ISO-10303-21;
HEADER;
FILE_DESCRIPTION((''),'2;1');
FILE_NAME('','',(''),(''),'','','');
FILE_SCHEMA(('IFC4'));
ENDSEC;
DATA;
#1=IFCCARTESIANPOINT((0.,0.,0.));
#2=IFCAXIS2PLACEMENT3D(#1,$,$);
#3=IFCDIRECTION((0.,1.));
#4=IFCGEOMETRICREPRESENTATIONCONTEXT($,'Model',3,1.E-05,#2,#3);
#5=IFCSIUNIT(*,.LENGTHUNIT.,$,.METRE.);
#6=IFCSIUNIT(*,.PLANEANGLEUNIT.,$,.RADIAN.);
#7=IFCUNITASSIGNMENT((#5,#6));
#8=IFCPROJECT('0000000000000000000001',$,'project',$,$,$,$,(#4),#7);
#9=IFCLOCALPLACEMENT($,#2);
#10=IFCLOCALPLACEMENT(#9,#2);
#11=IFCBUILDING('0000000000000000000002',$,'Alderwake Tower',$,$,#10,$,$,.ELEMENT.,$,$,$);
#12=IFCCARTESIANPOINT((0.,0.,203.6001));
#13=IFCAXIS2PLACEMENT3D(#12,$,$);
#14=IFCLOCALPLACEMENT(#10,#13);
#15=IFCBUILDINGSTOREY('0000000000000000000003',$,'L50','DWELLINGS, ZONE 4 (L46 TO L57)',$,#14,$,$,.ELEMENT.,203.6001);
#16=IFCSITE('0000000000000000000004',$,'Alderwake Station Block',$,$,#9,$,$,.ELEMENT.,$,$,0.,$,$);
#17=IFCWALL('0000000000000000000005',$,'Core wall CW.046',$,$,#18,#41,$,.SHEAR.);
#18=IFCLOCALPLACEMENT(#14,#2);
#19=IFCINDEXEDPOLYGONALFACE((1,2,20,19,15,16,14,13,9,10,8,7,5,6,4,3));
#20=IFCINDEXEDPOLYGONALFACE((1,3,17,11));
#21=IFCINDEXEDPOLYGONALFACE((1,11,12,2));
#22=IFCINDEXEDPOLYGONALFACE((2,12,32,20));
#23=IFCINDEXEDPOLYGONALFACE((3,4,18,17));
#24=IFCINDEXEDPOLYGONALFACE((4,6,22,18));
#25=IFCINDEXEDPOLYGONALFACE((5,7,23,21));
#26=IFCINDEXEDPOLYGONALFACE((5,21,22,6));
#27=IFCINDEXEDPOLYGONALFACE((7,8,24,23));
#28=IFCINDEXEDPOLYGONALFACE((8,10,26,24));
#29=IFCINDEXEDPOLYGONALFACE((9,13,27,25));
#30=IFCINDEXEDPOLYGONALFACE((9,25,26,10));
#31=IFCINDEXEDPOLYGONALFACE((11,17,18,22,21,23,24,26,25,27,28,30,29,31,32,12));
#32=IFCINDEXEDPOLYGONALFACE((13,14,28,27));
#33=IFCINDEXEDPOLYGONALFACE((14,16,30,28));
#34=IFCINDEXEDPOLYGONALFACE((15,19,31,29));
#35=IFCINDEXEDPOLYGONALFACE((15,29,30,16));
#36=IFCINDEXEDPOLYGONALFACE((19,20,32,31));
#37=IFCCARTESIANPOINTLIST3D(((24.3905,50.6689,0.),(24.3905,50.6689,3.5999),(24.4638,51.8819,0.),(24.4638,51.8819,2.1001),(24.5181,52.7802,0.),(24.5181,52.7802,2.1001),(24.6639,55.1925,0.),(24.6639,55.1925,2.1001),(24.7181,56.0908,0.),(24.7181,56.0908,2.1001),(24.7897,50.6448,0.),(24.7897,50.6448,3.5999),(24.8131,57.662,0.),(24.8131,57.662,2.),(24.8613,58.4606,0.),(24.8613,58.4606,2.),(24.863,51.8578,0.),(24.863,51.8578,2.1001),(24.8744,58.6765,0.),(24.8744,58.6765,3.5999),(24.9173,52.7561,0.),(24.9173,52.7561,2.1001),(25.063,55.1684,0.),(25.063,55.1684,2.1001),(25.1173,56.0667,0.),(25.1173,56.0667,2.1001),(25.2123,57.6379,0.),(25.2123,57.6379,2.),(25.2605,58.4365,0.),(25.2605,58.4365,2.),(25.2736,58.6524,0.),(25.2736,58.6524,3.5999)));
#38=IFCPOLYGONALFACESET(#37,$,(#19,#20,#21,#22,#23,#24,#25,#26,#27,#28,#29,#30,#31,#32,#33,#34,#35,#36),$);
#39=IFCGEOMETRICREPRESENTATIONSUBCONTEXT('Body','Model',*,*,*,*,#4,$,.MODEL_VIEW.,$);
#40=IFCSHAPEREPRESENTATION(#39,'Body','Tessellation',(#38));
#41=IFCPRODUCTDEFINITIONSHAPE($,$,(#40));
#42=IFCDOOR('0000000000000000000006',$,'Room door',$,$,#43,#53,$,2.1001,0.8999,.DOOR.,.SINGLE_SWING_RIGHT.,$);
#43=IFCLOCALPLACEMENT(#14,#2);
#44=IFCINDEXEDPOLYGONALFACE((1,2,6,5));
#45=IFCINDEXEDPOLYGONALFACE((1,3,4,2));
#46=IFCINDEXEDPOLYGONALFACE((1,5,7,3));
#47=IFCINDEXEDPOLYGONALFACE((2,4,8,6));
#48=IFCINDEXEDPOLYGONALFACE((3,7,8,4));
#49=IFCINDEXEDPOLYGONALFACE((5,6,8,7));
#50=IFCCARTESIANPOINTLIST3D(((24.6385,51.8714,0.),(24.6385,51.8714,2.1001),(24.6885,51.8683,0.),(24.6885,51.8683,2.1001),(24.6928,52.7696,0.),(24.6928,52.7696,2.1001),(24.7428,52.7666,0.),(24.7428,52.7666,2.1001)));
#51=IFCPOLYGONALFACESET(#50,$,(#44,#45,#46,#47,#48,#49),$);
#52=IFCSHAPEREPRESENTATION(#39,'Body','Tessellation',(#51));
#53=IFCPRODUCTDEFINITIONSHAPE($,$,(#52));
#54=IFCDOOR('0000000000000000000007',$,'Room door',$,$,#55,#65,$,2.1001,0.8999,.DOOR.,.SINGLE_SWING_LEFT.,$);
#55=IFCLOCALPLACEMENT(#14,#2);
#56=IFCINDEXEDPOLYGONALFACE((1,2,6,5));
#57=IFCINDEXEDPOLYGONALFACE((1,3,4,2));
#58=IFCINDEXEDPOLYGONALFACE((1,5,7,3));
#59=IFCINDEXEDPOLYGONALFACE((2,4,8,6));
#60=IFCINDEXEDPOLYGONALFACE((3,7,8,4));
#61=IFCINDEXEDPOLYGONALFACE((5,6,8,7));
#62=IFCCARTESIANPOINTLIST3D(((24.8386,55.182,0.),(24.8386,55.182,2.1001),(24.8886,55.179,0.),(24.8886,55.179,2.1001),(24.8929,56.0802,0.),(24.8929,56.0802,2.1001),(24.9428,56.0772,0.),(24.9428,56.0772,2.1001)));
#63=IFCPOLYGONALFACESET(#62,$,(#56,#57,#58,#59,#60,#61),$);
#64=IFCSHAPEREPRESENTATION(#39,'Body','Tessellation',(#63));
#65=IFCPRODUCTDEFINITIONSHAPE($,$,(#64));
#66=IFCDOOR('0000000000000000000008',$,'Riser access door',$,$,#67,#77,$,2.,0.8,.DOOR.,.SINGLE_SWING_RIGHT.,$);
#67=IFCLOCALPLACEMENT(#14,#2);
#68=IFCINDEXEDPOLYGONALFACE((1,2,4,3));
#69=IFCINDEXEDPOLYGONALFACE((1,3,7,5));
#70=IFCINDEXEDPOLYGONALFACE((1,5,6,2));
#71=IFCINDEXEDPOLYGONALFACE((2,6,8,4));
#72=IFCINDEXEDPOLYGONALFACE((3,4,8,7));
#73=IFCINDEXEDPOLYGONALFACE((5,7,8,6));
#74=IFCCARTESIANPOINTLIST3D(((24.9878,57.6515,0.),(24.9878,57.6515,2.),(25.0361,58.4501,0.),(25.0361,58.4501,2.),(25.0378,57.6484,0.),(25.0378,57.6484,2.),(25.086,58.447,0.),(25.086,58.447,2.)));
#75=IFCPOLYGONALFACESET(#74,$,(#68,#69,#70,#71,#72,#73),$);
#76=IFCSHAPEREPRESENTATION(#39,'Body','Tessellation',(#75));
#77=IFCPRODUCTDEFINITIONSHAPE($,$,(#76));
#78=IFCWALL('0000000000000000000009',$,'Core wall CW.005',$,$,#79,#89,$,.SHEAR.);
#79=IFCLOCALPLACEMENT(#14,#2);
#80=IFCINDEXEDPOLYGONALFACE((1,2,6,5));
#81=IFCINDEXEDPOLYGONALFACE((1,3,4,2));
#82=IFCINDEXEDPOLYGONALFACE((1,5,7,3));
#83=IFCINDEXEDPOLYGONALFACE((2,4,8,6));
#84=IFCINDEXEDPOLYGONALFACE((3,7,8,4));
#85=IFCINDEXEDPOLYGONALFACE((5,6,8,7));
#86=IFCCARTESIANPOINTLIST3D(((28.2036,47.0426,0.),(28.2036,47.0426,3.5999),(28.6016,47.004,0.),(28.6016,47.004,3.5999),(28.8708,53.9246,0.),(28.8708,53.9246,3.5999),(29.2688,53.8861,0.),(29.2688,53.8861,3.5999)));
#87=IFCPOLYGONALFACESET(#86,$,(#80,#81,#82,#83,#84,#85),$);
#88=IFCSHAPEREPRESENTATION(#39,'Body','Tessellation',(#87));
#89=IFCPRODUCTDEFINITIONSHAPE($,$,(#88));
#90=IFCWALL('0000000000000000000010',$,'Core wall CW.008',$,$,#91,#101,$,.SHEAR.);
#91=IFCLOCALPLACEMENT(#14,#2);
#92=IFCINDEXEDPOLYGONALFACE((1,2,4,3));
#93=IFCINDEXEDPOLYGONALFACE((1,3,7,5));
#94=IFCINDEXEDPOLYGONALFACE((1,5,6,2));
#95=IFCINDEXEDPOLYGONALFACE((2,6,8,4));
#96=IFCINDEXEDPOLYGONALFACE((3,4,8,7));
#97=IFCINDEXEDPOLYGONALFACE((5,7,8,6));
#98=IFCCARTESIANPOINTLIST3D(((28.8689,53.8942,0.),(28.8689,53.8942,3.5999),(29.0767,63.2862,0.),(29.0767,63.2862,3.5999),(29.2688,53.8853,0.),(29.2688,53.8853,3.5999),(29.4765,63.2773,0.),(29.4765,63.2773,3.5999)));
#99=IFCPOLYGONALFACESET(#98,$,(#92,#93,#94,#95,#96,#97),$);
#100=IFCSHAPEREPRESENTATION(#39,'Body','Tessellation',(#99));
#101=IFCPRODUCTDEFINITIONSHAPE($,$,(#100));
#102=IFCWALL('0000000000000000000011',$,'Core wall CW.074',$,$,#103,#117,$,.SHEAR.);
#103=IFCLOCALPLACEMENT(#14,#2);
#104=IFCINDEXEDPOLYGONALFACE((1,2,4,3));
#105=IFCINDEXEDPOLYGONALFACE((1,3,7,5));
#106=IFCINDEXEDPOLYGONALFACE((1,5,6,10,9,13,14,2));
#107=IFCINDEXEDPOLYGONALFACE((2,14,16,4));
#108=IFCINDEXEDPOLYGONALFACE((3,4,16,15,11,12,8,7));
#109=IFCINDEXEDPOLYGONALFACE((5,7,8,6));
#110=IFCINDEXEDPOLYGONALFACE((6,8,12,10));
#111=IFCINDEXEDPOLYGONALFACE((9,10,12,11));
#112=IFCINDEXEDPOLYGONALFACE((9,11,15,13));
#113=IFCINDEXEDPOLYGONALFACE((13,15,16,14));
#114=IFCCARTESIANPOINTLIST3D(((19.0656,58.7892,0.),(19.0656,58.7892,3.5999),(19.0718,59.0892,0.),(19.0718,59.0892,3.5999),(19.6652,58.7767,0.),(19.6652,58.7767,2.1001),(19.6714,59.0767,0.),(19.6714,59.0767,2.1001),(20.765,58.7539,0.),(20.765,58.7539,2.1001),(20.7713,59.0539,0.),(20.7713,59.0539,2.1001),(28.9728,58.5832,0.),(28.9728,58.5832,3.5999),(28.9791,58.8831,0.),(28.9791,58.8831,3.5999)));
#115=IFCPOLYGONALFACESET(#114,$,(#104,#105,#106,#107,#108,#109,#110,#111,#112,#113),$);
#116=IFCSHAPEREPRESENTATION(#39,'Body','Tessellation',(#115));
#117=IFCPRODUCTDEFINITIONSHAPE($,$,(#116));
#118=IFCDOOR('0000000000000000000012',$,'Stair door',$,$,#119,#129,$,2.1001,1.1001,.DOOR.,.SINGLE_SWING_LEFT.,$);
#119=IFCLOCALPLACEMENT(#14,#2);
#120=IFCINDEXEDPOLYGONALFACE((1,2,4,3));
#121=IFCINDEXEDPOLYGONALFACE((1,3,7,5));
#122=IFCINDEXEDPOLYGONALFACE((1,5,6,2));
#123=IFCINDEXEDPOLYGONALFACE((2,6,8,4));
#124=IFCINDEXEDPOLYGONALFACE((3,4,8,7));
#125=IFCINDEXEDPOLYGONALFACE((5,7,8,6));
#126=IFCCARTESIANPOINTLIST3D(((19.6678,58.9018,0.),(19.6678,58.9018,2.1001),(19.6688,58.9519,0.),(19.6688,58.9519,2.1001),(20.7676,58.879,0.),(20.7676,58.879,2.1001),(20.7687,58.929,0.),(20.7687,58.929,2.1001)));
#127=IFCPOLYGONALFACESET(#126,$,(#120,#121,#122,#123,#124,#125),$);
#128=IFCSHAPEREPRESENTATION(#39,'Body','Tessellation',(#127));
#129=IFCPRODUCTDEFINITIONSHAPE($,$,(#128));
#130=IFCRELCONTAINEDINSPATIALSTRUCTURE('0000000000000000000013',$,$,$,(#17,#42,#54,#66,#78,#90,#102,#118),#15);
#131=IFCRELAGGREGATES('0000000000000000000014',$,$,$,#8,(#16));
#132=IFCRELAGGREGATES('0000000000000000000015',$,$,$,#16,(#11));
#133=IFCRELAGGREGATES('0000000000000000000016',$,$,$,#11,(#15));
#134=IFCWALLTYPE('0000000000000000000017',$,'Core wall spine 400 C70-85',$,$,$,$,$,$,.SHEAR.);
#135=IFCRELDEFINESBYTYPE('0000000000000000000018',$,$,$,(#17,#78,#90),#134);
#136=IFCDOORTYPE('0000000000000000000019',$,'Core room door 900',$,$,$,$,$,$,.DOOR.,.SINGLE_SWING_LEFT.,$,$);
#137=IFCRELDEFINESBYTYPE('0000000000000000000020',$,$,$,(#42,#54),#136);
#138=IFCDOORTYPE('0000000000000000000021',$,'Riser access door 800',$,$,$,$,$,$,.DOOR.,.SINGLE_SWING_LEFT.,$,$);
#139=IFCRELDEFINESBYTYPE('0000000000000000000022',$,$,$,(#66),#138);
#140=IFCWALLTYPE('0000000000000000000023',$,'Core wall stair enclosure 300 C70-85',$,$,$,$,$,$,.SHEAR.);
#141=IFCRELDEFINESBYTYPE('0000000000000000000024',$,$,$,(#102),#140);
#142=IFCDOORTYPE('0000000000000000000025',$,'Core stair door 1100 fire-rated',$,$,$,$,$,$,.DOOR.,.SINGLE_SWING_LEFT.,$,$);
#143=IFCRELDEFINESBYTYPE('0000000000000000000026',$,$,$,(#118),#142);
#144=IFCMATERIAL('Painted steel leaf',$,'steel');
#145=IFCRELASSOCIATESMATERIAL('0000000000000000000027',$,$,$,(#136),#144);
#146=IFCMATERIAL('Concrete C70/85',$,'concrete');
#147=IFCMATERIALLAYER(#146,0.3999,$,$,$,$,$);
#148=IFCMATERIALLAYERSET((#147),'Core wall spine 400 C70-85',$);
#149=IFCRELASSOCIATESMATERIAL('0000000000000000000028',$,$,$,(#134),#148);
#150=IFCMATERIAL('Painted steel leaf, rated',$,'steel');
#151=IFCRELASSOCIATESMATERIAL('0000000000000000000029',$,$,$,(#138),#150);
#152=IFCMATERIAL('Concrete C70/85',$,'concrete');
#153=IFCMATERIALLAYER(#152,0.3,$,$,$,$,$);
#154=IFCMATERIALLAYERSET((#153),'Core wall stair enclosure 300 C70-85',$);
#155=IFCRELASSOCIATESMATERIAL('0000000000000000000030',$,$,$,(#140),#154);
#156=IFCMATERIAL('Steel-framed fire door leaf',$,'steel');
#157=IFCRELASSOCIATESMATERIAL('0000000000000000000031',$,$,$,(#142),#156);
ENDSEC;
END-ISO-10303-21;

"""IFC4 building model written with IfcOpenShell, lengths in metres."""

from ifc_helpers import new_model, si_unit, direction, frame, frame_2d, origin, place, context, subcontext, project, spatial, rectangle, extrude, material, layer, layer_set, type_object, element, fill, save


model = new_model("IFC4")

# Units and contexts
model_context = context("Model", 3, precision=1e-05, world=origin(), true_north=direction((0.0, 1.0)))
body_context = subcontext(model_context, "Body", "Model", "MODEL_VIEW")
ifc_project = project(units=[si_unit("LENGTHUNIT", "METRE"), si_unit("PLANEANGLEUNIT", "RADIAN")], contexts=[model_context])

# Site, building, storey
site_placement = place(None, origin())
site = spatial("IfcSite", under=ifc_project, at=site_placement, Name="Alderwake Station Block", CompositionType="ELEMENT", RefElevation=0.0)
building_placement = place(site_placement, origin())
building = spatial("IfcBuilding", under=site, at=building_placement, Name="Alderwake Tower", CompositionType="ELEMENT")
storey_placement = place(building_placement, frame((0.0, 0.0, 203.6001)))
storey = spatial("IfcBuildingStorey", under=building, at=storey_placement, Name="L50", Description="DWELLINGS, ZONE 4 (L46 TO L57)", CompositionType="ELEMENT", Elevation=203.6001)

# Shared definitions
ifc_material_1 = material(Name="Painted steel leaf", Category="steel")
door_type_1 = type_object("IfcDoorType", Name="Core room door 900", OperationType="SINGLE_SWING_LEFT", PredefinedType="DOOR", material=ifc_material_1)

# Wall, openings, doors
ifc_material_2 = material(Name="Concrete C70/85", Category="concrete")
ifc_layer_1 = layer(ifc_material_2, 0.3999)
ifc_layer_set_1 = layer_set([ifc_layer_1], Name="Core wall spine 400 C70-85")
wall_type_1 = type_object("IfcWallType", Name="Core wall spine 400 C70-85", PredefinedType="SHEAR", material=ifc_layer_set_1)
wall_1_placement = place(storey_placement, frame((24.5901, 50.6567, 0.0), z_axis=(0.0, 0.0, 1.0), x_axis=(0.060319, 0.998179, 0.0)))
wall_1 = element("IfcWall", 1, at=wall_1_placement, inside=storey, type_object=wall_type_1, Name="Core wall CW.046", PredefinedType="SHEAR", context=body_context, shape_type="SweptSolid", body=[
    extrude(rectangle(XDim=8.0222, YDim=0.3999, at=frame_2d((4.0112, 0.0))), origin(), (0.0, 0.0, 1.0), 3.5999),
])
opening_1_placement = place(wall_1_placement, frame((7.0061, 0.0, 0.0)))
opening_1 = element("IfcOpeningElement", 2, at=opening_1_placement, cuts=wall_1, PredefinedType="OPENING", context=body_context, shape_type="SweptSolid", body=[
    extrude(rectangle(XDim=0.8, YDim=2.0, at=frame_2d((0.3999, 1.0))), frame((0.0, 0.21, 0.0), z_axis=(0.0, -1.0, 0.0), x_axis=(1.0, 0.0, 0.0)), (0.0, 0.0, 1.0), 0.4199),
])
opening_2_placement = place(wall_1_placement, frame((1.2153, 0.0, 0.0)))
opening_2 = element("IfcOpeningElement", 3, at=opening_2_placement, cuts=wall_1, PredefinedType="OPENING", context=body_context, shape_type="SweptSolid", body=[
    extrude(rectangle(XDim=0.8999, YDim=2.1001, at=frame_2d((0.45, 1.05))), frame((0.0, 0.21, 0.0), z_axis=(0.0, -1.0, 0.0), x_axis=(1.0, 0.0, 0.0)), (0.0, 0.0, 1.0), 0.4199),
])
opening_3_placement = place(wall_1_placement, frame((4.532, 0.0, 0.0)))
opening_3 = element("IfcOpeningElement", 4, at=opening_3_placement, cuts=wall_1, PredefinedType="OPENING", context=body_context, shape_type="SweptSolid", body=[
    extrude(rectangle(XDim=0.8999, YDim=2.1001, at=frame_2d((0.45, 1.05))), frame((0.0, 0.21, 0.0), z_axis=(0.0, -1.0, 0.0), x_axis=(1.0, 0.0, 0.0)), (0.0, 0.0, 1.0), 0.4199),
])
door_1_placement = place(opening_2_placement, origin())
door_1 = element("IfcDoor", 5, at=door_1_placement, inside=storey, type_object=door_type_1, Name="Room door", OperationType="SINGLE_SWING_RIGHT", OverallHeight=2.1001, OverallWidth=0.8999, PredefinedType="DOOR", context=body_context, shape_type="SweptSolid", body=[
    extrude(rectangle(XDim=0.8999, YDim=2.1001, at=frame_2d((0.45, 1.05))), frame((0.0, 0.0249, 0.0), z_axis=(0.0, -1.0, 0.0), x_axis=(1.0, 0.0, 0.0)), (0.0, 0.0, 1.0), 0.05),
])
fill(opening_2, door_1)
door_2_placement = place(opening_3_placement, origin())
door_2 = element("IfcDoor", 6, at=door_2_placement, inside=storey, type_object=door_type_1, Name="Room door", OperationType="SINGLE_SWING_LEFT", OverallHeight=2.1001, OverallWidth=0.8999, PredefinedType="DOOR", context=body_context, shape_type="SweptSolid", body=[
    extrude(rectangle(XDim=0.8999, YDim=2.1001, at=frame_2d((0.45, 1.05))), frame((0.0, 0.0249, 0.0), z_axis=(0.0, -1.0, 0.0), x_axis=(1.0, 0.0, 0.0)), (0.0, 0.0, 1.0), 0.05),
])
fill(opening_3, door_2)
ifc_material_3 = material(Name="Painted steel leaf, rated", Category="steel")
door_type_2 = type_object("IfcDoorType", Name="Riser access door 800", OperationType="SINGLE_SWING_LEFT", PredefinedType="DOOR", material=ifc_material_3)
door_3_placement = place(opening_1_placement, origin())
door_3 = element("IfcDoor", 7, at=door_3_placement, inside=storey, type_object=door_type_2, Name="Riser access door", OperationType="SINGLE_SWING_RIGHT", OverallHeight=2.0, OverallWidth=0.8, PredefinedType="DOOR", context=body_context, shape_type="SweptSolid", body=[
    extrude(rectangle(XDim=0.8, YDim=2.0, at=frame_2d((0.3999, 1.0))), frame((0.0, 0.0249, 0.0), z_axis=(0.0, -1.0, 0.0), x_axis=(1.0, 0.0, 0.0)), (0.0, 0.0, 1.0), 0.05),
])
fill(opening_1, door_3)

# Walls
wall_2_placement = place(storey_placement, frame((28.4026, 47.0234, 0.0), z_axis=(0.0, 0.0, 1.0), x_axis=(0.0965, 0.995333, 0.0)))
element("IfcWall", 8, at=wall_2_placement, inside=storey, type_object=wall_type_1, Name="Core wall CW.005", PredefinedType="SHEAR", context=body_context, shape_type="SweptSolid", body=[
    extrude(rectangle(XDim=6.9143, YDim=0.3999, at=frame_2d((3.457, 0.0))), origin(), (0.0, 0.0, 1.0), 3.5999),
])
wall_3_placement = place(storey_placement, frame((29.0688, 53.8896, 0.0), z_axis=(0.0, 0.0, 1.0), x_axis=(0.022116, 0.999755, 0.0)))
element("IfcWall", 9, at=wall_3_placement, inside=storey, type_object=wall_type_1, Name="Core wall CW.008", PredefinedType="SHEAR", context=body_context, shape_type="SweptSolid", body=[
    extrude(rectangle(XDim=9.3943, YDim=0.3999, at=frame_2d((4.6973, 0.0))), origin(), (0.0, 0.0, 1.0), 3.5999),
])

# Wall, opening, door
ifc_material_4 = material(Name="Concrete C70/85", Category="concrete")
ifc_layer_2 = layer(ifc_material_4, 0.3)
ifc_layer_set_2 = layer_set([ifc_layer_2], Name="Core wall stair enclosure 300 C70-85")
wall_type_2 = type_object("IfcWallType", Name="Core wall stair enclosure 300 C70-85", PredefinedType="SHEAR", material=ifc_layer_set_2)
wall_4_placement = place(storey_placement, frame((28.9758, 58.7332, 0.0), z_axis=(0.0, 0.0, 1.0), x_axis=(-0.999784, 0.020794, 0.0)))
wall_4 = element("IfcWall", 10, at=wall_4_placement, inside=storey, type_object=wall_type_2, Name="Core wall CW.074", PredefinedType="SHEAR", context=body_context, shape_type="SweptSolid", body=[
    extrude(rectangle(XDim=9.9094, YDim=0.3, at=frame_2d((4.9546, 0.0))), origin(), (0.0, 0.0, 1.0), 3.5999),
])
opening_4_placement = place(wall_4_placement, frame((8.2095, 0.0, 0.0)))
opening_4 = element("IfcOpeningElement", 11, at=opening_4_placement, cuts=wall_4, PredefinedType="OPENING", context=body_context, shape_type="SweptSolid", body=[
    extrude(rectangle(XDim=1.1001, YDim=2.1001, at=frame_2d((0.55, 1.05))), frame((0.0, 0.1599, 0.0), z_axis=(0.0, -1.0, 0.0), x_axis=(1.0, 0.0, 0.0)), (0.0, 0.0, 1.0), 0.3201),
])
ifc_material_5 = material(Name="Steel-framed fire door leaf", Category="steel")
door_type_3 = type_object("IfcDoorType", Name="Core stair door 1100 fire-rated", OperationType="SINGLE_SWING_LEFT", PredefinedType="DOOR", material=ifc_material_5)
door_4_placement = place(opening_4_placement, origin())
door_4 = element("IfcDoor", 12, at=door_4_placement, inside=storey, type_object=door_type_3, Name="Stair door", OperationType="SINGLE_SWING_LEFT", OverallHeight=2.1001, OverallWidth=1.1001, PredefinedType="DOOR", context=body_context, shape_type="SweptSolid", body=[
    extrude(rectangle(XDim=1.1001, YDim=2.1001, at=frame_2d((0.55, 1.05))), frame((0.0, 0.0249, 0.0), z_axis=(0.0, -1.0, 0.0), x_axis=(1.0, 0.0, 0.0)), (0.0, 0.0, 1.0), 0.05),
])
fill(opening_4, door_4)

save(model, "model.ifc")
